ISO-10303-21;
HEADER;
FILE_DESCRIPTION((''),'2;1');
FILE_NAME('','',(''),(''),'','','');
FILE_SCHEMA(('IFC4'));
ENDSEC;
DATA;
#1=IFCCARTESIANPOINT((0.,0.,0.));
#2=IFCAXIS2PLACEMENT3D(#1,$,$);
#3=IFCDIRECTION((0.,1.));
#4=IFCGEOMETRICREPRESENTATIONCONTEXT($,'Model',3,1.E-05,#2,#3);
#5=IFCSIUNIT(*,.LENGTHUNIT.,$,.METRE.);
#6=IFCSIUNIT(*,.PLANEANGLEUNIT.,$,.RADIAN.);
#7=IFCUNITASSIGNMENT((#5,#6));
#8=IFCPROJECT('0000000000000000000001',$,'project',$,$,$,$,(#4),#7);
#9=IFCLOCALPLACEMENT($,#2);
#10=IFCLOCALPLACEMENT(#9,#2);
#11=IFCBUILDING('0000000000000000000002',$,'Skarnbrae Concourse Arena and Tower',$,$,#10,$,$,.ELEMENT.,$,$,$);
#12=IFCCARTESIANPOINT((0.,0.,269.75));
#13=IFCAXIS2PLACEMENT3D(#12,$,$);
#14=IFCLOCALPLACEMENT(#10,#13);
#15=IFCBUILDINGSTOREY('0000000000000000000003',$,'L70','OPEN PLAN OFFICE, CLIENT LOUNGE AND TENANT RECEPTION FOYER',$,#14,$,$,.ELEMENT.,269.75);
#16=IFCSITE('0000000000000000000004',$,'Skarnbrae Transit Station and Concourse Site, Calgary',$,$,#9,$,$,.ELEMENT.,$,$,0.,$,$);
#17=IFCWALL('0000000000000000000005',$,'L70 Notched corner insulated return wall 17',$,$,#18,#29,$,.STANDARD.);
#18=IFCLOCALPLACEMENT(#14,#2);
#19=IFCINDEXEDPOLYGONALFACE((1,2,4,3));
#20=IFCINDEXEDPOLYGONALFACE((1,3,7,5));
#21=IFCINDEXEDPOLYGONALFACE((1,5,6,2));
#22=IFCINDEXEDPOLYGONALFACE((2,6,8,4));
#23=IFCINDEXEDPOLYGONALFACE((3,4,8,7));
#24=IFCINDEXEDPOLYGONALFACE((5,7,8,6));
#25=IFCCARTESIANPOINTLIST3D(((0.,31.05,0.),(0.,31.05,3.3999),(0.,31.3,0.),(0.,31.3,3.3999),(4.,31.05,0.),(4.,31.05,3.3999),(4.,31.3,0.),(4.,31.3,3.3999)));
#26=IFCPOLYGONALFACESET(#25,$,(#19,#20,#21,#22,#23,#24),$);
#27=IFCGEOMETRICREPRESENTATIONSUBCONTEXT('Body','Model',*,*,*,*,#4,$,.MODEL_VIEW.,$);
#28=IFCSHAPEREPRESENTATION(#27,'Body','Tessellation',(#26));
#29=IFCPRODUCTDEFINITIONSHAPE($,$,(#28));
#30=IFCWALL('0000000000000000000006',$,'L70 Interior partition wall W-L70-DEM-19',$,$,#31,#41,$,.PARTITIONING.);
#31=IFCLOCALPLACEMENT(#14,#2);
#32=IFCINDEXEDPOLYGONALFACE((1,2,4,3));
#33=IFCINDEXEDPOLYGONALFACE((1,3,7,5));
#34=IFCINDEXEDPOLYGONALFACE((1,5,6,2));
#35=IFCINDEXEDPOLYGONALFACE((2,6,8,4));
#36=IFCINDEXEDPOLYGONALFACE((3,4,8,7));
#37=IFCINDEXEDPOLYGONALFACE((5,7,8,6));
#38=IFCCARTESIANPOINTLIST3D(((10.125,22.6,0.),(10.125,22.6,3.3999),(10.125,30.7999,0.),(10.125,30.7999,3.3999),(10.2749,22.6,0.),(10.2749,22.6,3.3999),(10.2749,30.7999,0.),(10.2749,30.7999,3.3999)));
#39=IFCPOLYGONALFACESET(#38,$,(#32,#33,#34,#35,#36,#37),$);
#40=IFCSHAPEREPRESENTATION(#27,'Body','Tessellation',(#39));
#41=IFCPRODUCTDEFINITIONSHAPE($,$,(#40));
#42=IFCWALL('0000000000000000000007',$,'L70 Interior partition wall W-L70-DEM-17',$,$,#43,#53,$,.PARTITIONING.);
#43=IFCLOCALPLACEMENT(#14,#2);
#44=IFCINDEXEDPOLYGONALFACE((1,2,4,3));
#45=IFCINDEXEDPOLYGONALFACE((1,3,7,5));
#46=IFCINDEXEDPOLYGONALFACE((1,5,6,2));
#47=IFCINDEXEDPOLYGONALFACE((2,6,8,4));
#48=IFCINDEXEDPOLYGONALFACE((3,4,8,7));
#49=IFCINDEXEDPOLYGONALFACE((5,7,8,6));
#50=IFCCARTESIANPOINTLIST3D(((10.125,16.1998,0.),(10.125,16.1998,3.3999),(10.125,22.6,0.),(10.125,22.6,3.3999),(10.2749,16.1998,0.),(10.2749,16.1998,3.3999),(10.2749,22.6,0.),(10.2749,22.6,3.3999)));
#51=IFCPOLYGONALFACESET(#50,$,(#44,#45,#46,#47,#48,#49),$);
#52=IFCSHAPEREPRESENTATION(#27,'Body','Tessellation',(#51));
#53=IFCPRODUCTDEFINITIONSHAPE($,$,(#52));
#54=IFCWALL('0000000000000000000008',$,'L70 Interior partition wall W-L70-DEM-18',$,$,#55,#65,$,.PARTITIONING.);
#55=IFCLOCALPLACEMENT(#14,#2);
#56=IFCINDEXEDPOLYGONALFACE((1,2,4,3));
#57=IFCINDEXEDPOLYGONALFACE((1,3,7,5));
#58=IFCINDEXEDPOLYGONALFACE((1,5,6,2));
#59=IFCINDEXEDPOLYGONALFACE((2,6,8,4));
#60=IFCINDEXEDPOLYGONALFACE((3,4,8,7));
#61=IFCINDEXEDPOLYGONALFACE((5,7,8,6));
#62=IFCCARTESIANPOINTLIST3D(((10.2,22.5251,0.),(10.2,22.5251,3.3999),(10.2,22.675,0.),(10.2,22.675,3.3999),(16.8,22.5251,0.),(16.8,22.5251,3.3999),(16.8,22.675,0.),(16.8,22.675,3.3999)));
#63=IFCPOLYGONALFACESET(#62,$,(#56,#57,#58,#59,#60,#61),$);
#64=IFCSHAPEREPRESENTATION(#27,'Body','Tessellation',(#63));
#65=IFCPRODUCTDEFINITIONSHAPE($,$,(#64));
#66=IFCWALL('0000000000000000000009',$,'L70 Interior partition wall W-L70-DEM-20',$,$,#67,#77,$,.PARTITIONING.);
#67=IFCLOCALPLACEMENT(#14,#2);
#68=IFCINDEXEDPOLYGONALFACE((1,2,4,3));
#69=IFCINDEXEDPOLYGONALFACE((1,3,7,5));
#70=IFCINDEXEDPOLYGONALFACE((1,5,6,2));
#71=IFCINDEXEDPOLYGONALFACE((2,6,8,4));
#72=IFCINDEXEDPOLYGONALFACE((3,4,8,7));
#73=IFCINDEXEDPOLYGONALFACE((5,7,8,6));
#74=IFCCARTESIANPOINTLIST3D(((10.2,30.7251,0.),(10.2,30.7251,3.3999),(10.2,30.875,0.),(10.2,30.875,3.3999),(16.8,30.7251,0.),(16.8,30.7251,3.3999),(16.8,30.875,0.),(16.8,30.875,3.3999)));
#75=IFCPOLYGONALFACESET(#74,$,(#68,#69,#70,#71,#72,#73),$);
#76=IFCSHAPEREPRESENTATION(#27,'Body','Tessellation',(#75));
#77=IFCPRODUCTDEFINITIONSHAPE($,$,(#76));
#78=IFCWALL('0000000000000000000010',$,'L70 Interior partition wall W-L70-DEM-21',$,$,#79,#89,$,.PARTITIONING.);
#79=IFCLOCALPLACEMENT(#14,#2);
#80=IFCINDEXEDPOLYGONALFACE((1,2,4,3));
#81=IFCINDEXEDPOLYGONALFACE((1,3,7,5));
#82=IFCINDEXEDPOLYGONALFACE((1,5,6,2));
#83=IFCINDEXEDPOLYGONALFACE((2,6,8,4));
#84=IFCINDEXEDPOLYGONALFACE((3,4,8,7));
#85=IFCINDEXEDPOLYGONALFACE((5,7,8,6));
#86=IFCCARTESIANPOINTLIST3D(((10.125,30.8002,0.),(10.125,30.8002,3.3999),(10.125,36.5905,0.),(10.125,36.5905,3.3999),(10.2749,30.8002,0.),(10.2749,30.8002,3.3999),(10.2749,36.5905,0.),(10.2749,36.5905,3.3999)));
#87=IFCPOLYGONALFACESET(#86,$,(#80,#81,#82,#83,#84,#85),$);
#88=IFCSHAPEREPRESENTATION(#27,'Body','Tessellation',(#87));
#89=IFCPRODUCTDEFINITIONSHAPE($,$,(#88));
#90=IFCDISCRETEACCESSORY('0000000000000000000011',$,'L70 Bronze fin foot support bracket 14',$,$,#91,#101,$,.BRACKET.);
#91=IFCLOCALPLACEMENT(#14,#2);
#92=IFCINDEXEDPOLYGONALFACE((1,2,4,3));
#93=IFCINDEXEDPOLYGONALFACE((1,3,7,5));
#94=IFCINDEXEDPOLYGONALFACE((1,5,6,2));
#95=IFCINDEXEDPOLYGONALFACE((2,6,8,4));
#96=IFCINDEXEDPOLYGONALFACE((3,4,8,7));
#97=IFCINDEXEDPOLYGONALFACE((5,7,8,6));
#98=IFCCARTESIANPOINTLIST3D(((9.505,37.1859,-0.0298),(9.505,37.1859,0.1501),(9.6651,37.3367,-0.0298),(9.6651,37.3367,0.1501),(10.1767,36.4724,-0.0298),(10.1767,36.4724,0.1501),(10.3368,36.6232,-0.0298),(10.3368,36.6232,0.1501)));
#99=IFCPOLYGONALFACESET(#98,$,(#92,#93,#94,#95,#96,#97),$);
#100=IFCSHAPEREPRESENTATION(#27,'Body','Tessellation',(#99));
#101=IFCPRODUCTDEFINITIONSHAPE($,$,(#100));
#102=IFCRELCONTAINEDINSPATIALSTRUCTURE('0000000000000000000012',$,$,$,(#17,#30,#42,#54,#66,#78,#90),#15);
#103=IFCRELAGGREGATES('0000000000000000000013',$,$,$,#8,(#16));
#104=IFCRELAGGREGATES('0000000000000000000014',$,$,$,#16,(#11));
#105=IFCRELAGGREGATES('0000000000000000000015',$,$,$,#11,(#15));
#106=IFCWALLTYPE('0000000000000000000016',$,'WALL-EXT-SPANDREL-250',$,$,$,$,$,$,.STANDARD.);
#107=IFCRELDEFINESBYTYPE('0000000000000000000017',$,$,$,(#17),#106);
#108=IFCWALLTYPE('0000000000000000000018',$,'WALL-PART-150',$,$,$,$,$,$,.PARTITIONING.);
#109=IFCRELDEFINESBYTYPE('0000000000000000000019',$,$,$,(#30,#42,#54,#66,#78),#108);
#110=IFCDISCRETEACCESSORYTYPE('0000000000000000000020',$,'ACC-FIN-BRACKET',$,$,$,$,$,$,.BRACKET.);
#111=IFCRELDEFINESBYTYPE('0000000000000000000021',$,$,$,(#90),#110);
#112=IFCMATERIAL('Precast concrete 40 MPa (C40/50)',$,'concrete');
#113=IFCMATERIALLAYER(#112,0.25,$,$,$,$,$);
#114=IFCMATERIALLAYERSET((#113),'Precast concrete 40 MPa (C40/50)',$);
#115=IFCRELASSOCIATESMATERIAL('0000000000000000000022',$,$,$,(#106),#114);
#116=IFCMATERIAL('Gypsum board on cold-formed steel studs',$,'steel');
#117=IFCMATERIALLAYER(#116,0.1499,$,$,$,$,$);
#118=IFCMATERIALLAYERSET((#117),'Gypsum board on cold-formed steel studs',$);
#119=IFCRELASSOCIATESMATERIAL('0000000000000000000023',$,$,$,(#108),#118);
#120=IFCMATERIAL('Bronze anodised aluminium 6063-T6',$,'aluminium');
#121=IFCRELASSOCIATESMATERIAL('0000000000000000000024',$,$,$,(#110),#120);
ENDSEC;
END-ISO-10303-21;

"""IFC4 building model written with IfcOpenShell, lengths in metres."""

from ifc_helpers import new_model, si_unit, direction, frame, frame_2d, origin, origin_2d, place, context, subcontext, project, spatial, rectangle, extrude, source, transform, mapped, material, layer, layer_set, type_object, element, save


model = new_model("IFC4")

# Units and contexts
model_context = context("Model", 3, precision=1e-05, world=origin(), true_north=direction((0.0, 1.0)))
body_context = subcontext(model_context, "Body", "Model", "MODEL_VIEW")
ifc_project = project(units=[si_unit("LENGTHUNIT", "METRE"), si_unit("PLANEANGLEUNIT", "RADIAN")], contexts=[model_context])

# Site, building, storey
site_placement = place(None, origin())
site = spatial("IfcSite", under=ifc_project, at=site_placement, Name="Skarnbrae Transit Station and Concourse Site, Calgary", CompositionType="ELEMENT", RefElevation=0.0)
building_placement = place(site_placement, origin())
building = spatial("IfcBuilding", under=site, at=building_placement, Name="Skarnbrae Concourse Arena and Tower", CompositionType="ELEMENT")
storey_placement = place(building_placement, frame((0.0, 0.0, 269.75)))
storey = spatial("IfcBuildingStorey", under=building, at=storey_placement, Name="L70", Description="OPEN PLAN OFFICE, CLIENT LOUNGE AND TENANT RECEPTION FOYER", CompositionType="ELEMENT", Elevation=269.75)

# Shared definitions
ifc_material_1 = material(Name="Bronze anodised aluminium 6063-T6", Category="aluminium")

# Walls
ifc_material_2 = material(Name="Precast concrete 40 MPa (C40/50)", Category="concrete")
ifc_layer_1 = layer(ifc_material_2, 0.25)
ifc_layer_set_1 = layer_set([ifc_layer_1], Name="Precast concrete 40 MPa (C40/50)")
wall_type_1 = type_object("IfcWallType", Name="WALL-EXT-SPANDREL-250", PredefinedType="STANDARD", material=ifc_layer_set_1)
shared_shape_1 = source(origin(), body_context, "Body", "SweptSolid", [
    extrude(rectangle(XDim=4.0, YDim=0.25, at=frame_2d((2.0, 0.0))), origin(), (0.0, 0.0, 1.0), 3.3999),
])
for number, where, z_axis, x_axis, name in (
    (1, (4.0, 31.175, 0.0), (0.0, 0.0, 1.0), (-1.0, 0.0, 0.0), "L70 Notched corner insulated return wall 17"),
):
    element("IfcWall", number, at=place(storey_placement, frame(where, z_axis=z_axis, x_axis=x_axis)), inside=storey, type_object=wall_type_1, Name=name, PredefinedType="STANDARD", context=body_context, shape_type="MappedRepresentation", body=[
        mapped(shared_shape_1, transform((0.0, 0.0, 0.0))),
    ])
ifc_material_3 = material(Name="Gypsum board on cold-formed steel studs", Category="steel")
ifc_layer_2 = layer(ifc_material_3, 0.1499)
ifc_layer_set_2 = layer_set([ifc_layer_2], Name="Gypsum board on cold-formed steel studs")
wall_type_2 = type_object("IfcWallType", Name="WALL-PART-150", PredefinedType="PARTITIONING", material=ifc_layer_set_2)
shared_shape_2 = source(origin(), body_context, "Body", "SweptSolid", [
    extrude(rectangle(XDim=8.2, YDim=0.1499, at=frame_2d((4.1001, 0.0))), origin(), (0.0, 0.0, 1.0), 3.3999),
])
wall_1_placement = place(storey_placement, frame((10.2, 30.8, 0.0), z_axis=(0.0, 0.0, 1.0), x_axis=(0.0, -1.0, 0.0)))
element("IfcWall", 2, at=wall_1_placement, inside=storey, type_object=wall_type_2, Name="L70 Interior partition wall W-L70-DEM-19", PredefinedType="PARTITIONING", context=body_context, shape_type="MappedRepresentation", body=[
    mapped(shared_shape_2, transform((0.0, 0.0, 0.0))),
])
shared_shape_3 = source(origin(), body_context, "Body", "SweptSolid", [
    extrude(rectangle(XDim=6.4001, YDim=0.1499, at=frame_2d((3.2002, 0.0))), origin(), (0.0, 0.0, 1.0), 3.3999),
])
wall_2_placement = place(storey_placement, frame((10.2, 22.6001, 0.0), z_axis=(0.0, 0.0, 1.0), x_axis=(0.0, -1.0, 0.0)))
element("IfcWall", 3, at=wall_2_placement, inside=storey, type_object=wall_type_2, Name="L70 Interior partition wall W-L70-DEM-17", PredefinedType="PARTITIONING", context=body_context, shape_type="MappedRepresentation", body=[
    mapped(shared_shape_3, transform((0.0, 0.0, 0.0))),
])
shared_shape_4 = source(origin(), body_context, "Body", "SweptSolid", [
    extrude(rectangle(XDim=6.6001, YDim=0.1499, at=frame_2d((3.3, 0.0))), origin(), (0.0, 0.0, 1.0), 3.3999),
])
for number, where, z_axis, x_axis, name in (
    (4, (10.2, 22.6001, 0.0), (0.0, 0.0, 1.0), (1.0, 0.0, 0.0), "L70 Interior partition wall W-L70-DEM-18"),
    (5, (10.2, 30.8, 0.0), (0.0, 0.0, 1.0), (1.0, 0.0, 0.0), "L70 Interior partition wall W-L70-DEM-20"),
):
    element("IfcWall", number, at=place(storey_placement, frame(where, z_axis=z_axis, x_axis=x_axis)), inside=storey, type_object=wall_type_2, Name=name, PredefinedType="PARTITIONING", context=body_context, shape_type="MappedRepresentation", body=[
        mapped(shared_shape_4, transform((0.0, 0.0, 0.0))),
    ])
shared_shape_5 = source(origin(), body_context, "Body", "SweptSolid", [
    extrude(rectangle(XDim=5.7903, YDim=0.1499, at=frame_2d((2.895, 0.0))), origin(), (0.0, 0.0, 1.0), 3.3999),
])
wall_3_placement = place(storey_placement, frame((10.2, 36.5903, 0.0), z_axis=(0.0, 0.0, 1.0), x_axis=(0.0, -1.0, 0.0)))
element("IfcWall", 6, at=wall_3_placement, inside=storey, type_object=wall_type_2, Name="L70 Interior partition wall W-L70-DEM-21", PredefinedType="PARTITIONING", context=body_context, shape_type="MappedRepresentation", body=[
    mapped(shared_shape_5, transform((0.0, 0.0, 0.0))),
])

# Discrete accessory
discrete_accessory_type = type_object("IfcDiscreteAccessoryType", Name="ACC-FIN-BRACKET", PredefinedType="BRACKET", material=ifc_material_1)
shared_shape_6 = source(origin(), body_context, "Body", "SweptSolid", [
    extrude(rectangle(XDim=0.22, YDim=0.98, at=origin_2d()), origin(), (0.0, 0.0, 1.0), 0.1799),
])
discrete_accessory_placement = place(storey_placement, frame((9.9209, 36.9045, -0.0298), z_axis=(0.0, 0.0, 1.0), x_axis=(0.728132, 0.685437, 0.0)))
element("IfcDiscreteAccessory", 7, at=discrete_accessory_placement, inside=storey, type_object=discrete_accessory_type, Name="L70 Bronze fin foot support bracket 14", PredefinedType="BRACKET", context=body_context, shape_type="MappedRepresentation", body=[
    mapped(shared_shape_6, transform((0.0, 0.0, 0.0))),
])

save(model, "model.ifc")
